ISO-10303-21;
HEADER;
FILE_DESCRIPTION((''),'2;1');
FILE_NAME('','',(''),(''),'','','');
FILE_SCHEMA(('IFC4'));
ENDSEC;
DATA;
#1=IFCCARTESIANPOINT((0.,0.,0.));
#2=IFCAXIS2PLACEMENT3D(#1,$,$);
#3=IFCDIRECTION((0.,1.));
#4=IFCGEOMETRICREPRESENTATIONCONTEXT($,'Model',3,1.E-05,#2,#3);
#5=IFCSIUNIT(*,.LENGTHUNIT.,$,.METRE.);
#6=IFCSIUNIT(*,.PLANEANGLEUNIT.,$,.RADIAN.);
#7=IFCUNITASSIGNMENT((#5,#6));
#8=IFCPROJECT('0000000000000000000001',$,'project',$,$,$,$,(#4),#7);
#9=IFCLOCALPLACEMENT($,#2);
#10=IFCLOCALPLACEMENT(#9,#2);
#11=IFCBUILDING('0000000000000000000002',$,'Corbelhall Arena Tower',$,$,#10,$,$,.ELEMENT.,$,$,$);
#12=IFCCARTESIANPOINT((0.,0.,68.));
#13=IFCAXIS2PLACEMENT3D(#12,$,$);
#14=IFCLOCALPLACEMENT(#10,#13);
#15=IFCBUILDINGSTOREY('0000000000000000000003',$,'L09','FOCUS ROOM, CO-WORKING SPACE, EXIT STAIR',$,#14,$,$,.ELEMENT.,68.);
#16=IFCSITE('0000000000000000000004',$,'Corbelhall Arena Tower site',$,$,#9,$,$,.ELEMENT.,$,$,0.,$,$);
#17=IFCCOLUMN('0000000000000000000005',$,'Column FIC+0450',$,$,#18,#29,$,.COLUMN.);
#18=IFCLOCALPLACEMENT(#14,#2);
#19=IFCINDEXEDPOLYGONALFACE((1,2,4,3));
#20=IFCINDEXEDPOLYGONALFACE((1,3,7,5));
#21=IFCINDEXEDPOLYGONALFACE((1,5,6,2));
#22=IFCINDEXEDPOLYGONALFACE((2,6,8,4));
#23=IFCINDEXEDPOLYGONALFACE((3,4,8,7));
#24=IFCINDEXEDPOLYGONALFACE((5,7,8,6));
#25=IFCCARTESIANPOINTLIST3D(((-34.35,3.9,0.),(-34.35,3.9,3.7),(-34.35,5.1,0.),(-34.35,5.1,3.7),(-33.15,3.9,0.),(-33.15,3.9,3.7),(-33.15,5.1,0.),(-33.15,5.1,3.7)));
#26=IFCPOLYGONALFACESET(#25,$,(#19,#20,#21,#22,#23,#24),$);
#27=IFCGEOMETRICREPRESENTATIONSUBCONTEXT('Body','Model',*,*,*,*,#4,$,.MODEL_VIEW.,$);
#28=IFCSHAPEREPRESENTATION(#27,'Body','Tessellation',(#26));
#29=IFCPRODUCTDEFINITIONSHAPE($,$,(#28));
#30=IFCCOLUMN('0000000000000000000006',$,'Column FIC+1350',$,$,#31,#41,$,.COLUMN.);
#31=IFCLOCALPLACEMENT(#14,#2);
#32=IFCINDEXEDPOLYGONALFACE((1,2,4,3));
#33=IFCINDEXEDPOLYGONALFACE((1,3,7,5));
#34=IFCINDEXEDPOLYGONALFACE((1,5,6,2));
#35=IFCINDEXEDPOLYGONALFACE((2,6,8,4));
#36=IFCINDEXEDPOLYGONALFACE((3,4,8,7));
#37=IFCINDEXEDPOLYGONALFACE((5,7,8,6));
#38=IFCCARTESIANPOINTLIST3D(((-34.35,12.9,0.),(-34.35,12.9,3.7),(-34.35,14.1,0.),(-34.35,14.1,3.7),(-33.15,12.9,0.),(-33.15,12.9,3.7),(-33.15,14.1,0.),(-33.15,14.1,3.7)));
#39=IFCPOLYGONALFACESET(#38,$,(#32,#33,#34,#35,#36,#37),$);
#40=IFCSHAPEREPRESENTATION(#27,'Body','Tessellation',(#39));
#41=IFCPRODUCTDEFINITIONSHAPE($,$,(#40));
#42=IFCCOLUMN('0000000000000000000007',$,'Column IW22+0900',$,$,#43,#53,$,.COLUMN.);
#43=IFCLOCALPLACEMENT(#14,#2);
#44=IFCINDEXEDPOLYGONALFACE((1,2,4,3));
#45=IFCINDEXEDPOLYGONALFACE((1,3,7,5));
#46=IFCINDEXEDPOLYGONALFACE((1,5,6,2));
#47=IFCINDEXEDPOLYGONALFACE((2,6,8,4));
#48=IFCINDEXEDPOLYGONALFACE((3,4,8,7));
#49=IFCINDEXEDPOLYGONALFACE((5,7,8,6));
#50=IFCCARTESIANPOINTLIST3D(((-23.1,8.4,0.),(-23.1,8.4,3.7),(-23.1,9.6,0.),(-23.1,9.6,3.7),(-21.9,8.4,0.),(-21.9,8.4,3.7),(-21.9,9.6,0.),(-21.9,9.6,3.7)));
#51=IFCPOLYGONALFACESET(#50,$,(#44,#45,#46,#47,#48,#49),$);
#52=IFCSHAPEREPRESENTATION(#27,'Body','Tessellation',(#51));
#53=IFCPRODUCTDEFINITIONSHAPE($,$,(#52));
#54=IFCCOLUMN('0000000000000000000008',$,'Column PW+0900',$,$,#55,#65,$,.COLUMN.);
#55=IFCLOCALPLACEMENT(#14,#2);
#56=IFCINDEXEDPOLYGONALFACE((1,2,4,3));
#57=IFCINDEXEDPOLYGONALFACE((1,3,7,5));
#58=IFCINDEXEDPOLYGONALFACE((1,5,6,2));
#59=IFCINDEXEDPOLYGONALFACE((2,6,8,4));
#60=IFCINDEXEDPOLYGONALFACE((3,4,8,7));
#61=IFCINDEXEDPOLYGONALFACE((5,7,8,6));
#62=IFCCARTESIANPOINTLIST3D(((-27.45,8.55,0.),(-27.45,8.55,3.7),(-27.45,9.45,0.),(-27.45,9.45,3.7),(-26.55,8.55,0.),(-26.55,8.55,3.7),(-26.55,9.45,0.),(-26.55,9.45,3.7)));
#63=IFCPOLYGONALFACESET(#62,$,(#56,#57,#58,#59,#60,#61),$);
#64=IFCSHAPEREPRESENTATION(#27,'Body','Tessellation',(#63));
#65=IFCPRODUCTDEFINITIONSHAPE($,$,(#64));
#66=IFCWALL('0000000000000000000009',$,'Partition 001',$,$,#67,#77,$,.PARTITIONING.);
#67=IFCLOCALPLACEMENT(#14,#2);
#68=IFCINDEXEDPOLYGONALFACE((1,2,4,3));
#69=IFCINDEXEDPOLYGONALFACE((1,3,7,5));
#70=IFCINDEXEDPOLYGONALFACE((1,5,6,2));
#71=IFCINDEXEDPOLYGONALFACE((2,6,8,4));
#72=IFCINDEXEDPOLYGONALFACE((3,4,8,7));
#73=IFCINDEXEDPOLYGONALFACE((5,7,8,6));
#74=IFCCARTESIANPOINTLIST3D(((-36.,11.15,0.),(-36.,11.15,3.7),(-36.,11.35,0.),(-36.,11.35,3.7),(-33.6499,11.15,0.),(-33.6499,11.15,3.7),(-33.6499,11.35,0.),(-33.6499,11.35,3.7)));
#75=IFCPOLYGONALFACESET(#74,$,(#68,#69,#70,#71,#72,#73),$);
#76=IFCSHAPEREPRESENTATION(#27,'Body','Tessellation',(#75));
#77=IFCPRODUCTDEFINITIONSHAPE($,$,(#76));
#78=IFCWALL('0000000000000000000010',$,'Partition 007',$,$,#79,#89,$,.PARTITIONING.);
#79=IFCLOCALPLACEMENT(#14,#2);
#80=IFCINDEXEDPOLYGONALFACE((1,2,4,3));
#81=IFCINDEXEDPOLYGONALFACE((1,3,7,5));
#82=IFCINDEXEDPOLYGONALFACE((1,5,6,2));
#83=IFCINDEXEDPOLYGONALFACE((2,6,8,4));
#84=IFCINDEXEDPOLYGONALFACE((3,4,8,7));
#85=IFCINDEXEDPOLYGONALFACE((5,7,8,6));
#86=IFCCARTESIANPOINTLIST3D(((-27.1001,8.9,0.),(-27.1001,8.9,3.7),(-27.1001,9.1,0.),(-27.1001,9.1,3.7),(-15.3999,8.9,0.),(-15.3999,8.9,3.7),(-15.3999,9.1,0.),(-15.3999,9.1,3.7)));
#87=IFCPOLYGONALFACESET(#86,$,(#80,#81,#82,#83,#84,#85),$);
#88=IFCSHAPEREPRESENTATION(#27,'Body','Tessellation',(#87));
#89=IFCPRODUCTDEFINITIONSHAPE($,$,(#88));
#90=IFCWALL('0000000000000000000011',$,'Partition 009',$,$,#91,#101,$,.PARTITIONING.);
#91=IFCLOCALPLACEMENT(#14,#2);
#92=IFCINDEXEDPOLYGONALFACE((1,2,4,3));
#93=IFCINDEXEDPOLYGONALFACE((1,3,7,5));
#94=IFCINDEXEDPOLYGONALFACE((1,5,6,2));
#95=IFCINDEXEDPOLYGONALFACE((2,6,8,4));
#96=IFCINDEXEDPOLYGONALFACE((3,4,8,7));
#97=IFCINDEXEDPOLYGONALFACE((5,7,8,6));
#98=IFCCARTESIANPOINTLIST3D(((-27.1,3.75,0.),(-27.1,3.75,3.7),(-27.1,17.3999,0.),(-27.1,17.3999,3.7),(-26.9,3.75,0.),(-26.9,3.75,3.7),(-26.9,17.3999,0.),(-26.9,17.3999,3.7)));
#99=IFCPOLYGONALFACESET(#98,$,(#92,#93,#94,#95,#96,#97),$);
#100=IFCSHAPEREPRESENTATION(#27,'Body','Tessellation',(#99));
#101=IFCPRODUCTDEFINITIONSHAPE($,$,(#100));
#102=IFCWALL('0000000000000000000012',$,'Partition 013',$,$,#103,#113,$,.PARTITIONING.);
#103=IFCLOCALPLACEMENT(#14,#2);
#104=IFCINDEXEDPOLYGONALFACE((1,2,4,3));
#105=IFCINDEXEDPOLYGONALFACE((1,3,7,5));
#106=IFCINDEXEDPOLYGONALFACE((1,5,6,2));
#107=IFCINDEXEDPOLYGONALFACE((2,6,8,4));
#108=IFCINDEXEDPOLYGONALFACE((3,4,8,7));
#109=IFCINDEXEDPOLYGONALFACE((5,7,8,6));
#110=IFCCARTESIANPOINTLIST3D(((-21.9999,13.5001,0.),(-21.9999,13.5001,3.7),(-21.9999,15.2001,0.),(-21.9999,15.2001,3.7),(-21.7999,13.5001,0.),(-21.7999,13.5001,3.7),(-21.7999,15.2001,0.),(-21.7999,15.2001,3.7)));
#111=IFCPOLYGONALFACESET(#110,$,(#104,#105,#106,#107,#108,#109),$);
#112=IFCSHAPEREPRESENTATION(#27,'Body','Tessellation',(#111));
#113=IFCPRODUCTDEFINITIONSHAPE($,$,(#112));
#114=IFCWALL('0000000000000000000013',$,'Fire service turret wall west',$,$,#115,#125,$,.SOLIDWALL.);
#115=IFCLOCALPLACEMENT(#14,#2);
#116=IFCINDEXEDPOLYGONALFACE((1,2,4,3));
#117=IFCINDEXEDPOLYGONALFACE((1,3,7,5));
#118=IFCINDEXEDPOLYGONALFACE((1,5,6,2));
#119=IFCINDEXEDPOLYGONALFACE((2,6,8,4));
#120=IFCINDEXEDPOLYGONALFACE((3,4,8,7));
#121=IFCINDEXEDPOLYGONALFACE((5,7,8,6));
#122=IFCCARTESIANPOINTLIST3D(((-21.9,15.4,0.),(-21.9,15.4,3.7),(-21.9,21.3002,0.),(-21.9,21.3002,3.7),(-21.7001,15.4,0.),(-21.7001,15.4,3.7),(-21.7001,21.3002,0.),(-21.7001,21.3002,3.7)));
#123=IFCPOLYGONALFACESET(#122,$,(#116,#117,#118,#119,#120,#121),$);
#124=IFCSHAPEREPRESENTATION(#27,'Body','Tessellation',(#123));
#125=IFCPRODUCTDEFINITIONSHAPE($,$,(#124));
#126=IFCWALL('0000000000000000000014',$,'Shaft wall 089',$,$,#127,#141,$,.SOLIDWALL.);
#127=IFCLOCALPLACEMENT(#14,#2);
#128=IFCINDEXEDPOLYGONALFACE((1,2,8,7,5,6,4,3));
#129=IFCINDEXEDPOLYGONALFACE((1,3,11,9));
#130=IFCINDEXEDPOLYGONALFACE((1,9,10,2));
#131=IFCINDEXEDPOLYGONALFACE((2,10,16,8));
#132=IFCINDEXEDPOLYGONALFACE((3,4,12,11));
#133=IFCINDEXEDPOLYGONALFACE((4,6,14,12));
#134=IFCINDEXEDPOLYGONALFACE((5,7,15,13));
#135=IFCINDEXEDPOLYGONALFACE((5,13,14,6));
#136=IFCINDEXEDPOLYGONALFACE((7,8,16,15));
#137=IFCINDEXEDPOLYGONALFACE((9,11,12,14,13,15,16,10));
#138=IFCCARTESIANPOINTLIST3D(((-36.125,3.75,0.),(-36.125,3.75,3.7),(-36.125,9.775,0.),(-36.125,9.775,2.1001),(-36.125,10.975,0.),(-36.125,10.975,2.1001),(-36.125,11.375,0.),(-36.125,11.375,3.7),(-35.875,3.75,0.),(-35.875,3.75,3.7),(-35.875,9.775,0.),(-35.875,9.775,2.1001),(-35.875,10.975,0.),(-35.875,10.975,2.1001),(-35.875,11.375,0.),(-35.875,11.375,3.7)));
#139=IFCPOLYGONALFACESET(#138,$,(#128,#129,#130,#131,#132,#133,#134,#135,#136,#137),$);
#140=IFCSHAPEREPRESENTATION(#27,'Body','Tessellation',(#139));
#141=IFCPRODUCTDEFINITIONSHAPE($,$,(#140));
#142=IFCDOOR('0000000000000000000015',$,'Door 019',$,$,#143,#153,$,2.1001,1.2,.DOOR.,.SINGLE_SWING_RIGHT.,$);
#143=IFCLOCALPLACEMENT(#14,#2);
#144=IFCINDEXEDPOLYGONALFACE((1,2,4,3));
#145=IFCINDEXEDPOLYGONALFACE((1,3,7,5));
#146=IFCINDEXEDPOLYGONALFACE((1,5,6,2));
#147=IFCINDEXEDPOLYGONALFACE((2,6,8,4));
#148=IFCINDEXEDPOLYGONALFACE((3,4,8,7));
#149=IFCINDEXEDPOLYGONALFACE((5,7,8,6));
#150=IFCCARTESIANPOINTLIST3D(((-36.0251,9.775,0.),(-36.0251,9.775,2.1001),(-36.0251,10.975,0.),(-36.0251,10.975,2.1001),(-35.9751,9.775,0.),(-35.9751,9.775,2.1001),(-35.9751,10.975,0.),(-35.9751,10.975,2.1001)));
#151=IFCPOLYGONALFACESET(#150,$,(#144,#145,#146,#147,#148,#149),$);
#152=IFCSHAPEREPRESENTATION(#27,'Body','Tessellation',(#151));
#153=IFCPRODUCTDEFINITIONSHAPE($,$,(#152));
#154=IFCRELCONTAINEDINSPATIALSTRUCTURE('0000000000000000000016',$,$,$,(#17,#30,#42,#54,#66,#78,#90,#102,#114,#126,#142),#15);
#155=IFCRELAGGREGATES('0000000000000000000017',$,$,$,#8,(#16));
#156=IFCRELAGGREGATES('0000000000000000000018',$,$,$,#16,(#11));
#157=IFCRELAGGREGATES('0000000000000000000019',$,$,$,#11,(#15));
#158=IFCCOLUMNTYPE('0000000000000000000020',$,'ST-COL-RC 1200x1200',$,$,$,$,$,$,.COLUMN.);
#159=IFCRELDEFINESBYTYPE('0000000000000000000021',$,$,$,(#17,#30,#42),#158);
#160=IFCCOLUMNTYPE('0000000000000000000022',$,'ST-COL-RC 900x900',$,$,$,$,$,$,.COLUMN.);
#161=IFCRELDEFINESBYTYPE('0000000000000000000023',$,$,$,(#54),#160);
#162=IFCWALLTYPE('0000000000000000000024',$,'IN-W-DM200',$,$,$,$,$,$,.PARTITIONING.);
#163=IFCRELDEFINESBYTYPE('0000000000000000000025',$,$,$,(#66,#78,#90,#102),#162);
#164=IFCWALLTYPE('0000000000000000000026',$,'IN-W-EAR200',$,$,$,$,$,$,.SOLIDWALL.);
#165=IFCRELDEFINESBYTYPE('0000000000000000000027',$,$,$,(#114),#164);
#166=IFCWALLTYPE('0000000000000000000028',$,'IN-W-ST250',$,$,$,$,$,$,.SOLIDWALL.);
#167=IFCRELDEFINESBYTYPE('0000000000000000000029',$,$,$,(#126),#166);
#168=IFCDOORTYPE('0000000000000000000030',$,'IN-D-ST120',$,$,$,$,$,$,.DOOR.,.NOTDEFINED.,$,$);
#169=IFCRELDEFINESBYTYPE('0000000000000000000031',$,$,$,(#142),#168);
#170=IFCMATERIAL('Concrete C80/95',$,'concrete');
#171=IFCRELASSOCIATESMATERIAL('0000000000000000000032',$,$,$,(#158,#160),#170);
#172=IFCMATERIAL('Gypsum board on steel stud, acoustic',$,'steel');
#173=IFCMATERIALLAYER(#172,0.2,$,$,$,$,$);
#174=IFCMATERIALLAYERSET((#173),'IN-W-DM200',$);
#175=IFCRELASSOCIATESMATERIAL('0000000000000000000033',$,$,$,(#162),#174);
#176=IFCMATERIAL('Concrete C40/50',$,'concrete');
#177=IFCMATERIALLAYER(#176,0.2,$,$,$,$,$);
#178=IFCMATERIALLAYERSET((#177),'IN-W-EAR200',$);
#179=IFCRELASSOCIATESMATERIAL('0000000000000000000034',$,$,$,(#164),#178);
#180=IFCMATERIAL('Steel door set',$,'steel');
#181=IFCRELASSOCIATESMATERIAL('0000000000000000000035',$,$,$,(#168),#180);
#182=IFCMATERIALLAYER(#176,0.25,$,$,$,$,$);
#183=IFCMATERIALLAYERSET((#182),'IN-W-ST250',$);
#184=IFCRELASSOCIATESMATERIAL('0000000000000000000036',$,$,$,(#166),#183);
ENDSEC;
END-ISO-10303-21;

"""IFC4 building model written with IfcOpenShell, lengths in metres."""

from ifc_helpers import new_model, si_unit, direction, frame, frame_2d, origin, origin_2d, place, context, subcontext, project, spatial, rectangle, extrude, material, layer, layer_set, material_profile, profile_set, type_object, element, fill, save


model = new_model("IFC4")

# Units and contexts
model_context = context("Model", 3, precision=1e-05, world=origin(), true_north=direction((0.0, 1.0)))
body_context = subcontext(model_context, "Body", "Model", "MODEL_VIEW")
ifc_project = project(units=[si_unit("LENGTHUNIT", "METRE"), si_unit("PLANEANGLEUNIT", "RADIAN")], contexts=[model_context])

# Site, building, storey
site_placement = place(None, origin())
site = spatial("IfcSite", under=ifc_project, at=site_placement, Name="Corbelhall Arena Tower site", CompositionType="ELEMENT", RefElevation=0.0)
building_placement = place(site_placement, origin())
building = spatial("IfcBuilding", under=site, at=building_placement, Name="Corbelhall Arena Tower", CompositionType="ELEMENT")
storey_placement = place(building_placement, frame((0.0, 0.0, 68.0)))
storey = spatial("IfcBuildingStorey", under=building, at=storey_placement, Name="L09", Description="FOCUS ROOM, CO-WORKING SPACE, EXIT STAIR", CompositionType="ELEMENT", Elevation=68.0)

# Columns
ifc_material_1 = material(Name="Concrete C80/95", Category="concrete")
ifc_material_profile_1 = material_profile(ifc_material_1, rectangle(XDim=1.2, YDim=1.2, at=origin_2d()))
ifc_profile_set_1 = profile_set([ifc_material_profile_1], Name="Concrete C80/95")
column_type_1 = type_object("IfcColumnType", Name="ST-COL-RC 1200x1200", PredefinedType="COLUMN", material=ifc_profile_set_1)
for number, where, z_axis, x_axis, name in (
    (1, (-33.75, 4.5, 0.0), (0.0, 0.0, 1.0), (1.0, 0.0, 0.0), "Column FIC+0450"),
    (2, (-33.75, 13.5, 0.0), (0.0, 0.0, 1.0), (1.0, 0.0, 0.0), "Column FIC+1350"),
    (3, (-22.5, 9.0, 0.0), (0.0, 0.0, 1.0), (1.0, 0.0, 0.0), "Column IW22+0900"),
):
    element("IfcColumn", number, at=place(storey_placement, frame(where, z_axis=z_axis, x_axis=x_axis)), inside=storey, type_object=column_type_1, Name=name, PredefinedType="COLUMN", context=body_context, shape_type="SweptSolid", body=[
        extrude(rectangle(XDim=1.2, YDim=1.2, at=origin_2d()), origin(), (0.0, 0.0, 1.0), 3.7),
    ])
ifc_material_profile_2 = material_profile(ifc_material_1, rectangle(XDim=0.8999, YDim=0.8999, at=origin_2d()))
ifc_profile_set_2 = profile_set([ifc_material_profile_2], Name="Concrete C80/95")
column_type_2 = type_object("IfcColumnType", Name="ST-COL-RC 900x900", PredefinedType="COLUMN", material=ifc_profile_set_2)
column_placement = place(storey_placement, frame((-27.0, 9.0, 0.0), z_axis=(0.0, 0.0, 1.0), x_axis=(1.0, 0.0, 0.0)))
element("IfcColumn", 4, at=column_placement, inside=storey, type_object=column_type_2, Name="Column PW+0900", PredefinedType="COLUMN", context=body_context, shape_type="SweptSolid", body=[
    extrude(rectangle(XDim=0.8999, YDim=0.8999, at=origin_2d()), origin(), (0.0, 0.0, 1.0), 3.7),
])

# Wall
ifc_material_2 = material(Name="Gypsum board on steel stud, acoustic", Category="steel")
ifc_layer_1 = layer(ifc_material_2, 0.2)
ifc_layer_set_1 = layer_set([ifc_layer_1], Name="IN-W-DM200")
wall_type_1 = type_object("IfcWallType", Name="IN-W-DM200", PredefinedType="PARTITIONING", material=ifc_layer_set_1)
wall_1_placement = place(storey_placement, frame((-36.0, 11.25, 0.0), z_axis=(0.0, 0.0, 1.0), x_axis=(1.0, 0.0, 0.0)))
element("IfcWall", 5, at=wall_1_placement, inside=storey, type_object=wall_type_1, Name="Partition 001", PredefinedType="PARTITIONING", context=body_context, shape_type="SweptSolid", body=[
    extrude(rectangle(XDim=2.3501, YDim=0.2, at=frame_2d((1.175, 0.0))), origin(), (0.0, 0.0, 1.0), 3.7),
])

# Shared definitions
ifc_material_3 = material(Name="Steel door set", Category="steel")

# Walls
wall_2_placement = place(storey_placement, frame((-27.1001, 9.0, 0.0), z_axis=(0.0, 0.0, 1.0), x_axis=(1.0, 0.0, 0.0)))
element("IfcWall", 6, at=wall_2_placement, inside=storey, type_object=wall_type_1, Name="Partition 007", PredefinedType="PARTITIONING", context=body_context, shape_type="SweptSolid", body=[
    extrude(rectangle(XDim=11.7002, YDim=0.2, at=frame_2d((5.8501, 0.0))), origin(), (0.0, 0.0, 1.0), 3.7),
])
wall_3_placement = place(storey_placement, frame((-27.0, 3.75, 0.0), z_axis=(0.0, 0.0, 1.0), x_axis=(0.0, 1.0, 0.0)))
element("IfcWall", 7, at=wall_3_placement, inside=storey, type_object=wall_type_1, Name="Partition 009", PredefinedType="PARTITIONING", context=body_context, shape_type="SweptSolid", body=[
    extrude(rectangle(XDim=13.6499, YDim=0.2, at=frame_2d((6.825, 0.0))), origin(), (0.0, 0.0, 1.0), 3.7),
])
wall_4_placement = place(storey_placement, frame((-21.8999, 13.5, 0.0), z_axis=(0.0, 0.0, 1.0), x_axis=(0.0, 1.0, 0.0)))
element("IfcWall", 8, at=wall_4_placement, inside=storey, type_object=wall_type_1, Name="Partition 013", PredefinedType="PARTITIONING", context=body_context, shape_type="SweptSolid", body=[
    extrude(rectangle(XDim=1.7, YDim=0.2, at=frame_2d((0.8501, 0.0))), origin(), (0.0, 0.0, 1.0), 3.7),
])

# Shared definitions
ifc_material_4 = material(Name="Concrete C40/50", Category="concrete")
ifc_layer_2 = layer(ifc_material_4, 0.2)
ifc_layer_set_2 = layer_set([ifc_layer_2], Name="IN-W-EAR200")
wall_type_2 = type_object("IfcWallType", Name="IN-W-EAR200", PredefinedType="SOLIDWALL", material=ifc_layer_set_2)
door_type_1 = type_object("IfcDoorType", Name="IN-D-ST120", OperationType="NOTDEFINED", PredefinedType="DOOR", material=ifc_material_3)

# Wall
wall_5_placement = place(storey_placement, frame((-21.8, 15.3999, 0.0), z_axis=(0.0, 0.0, 1.0), x_axis=(0.0, 1.0, 0.0)))
element("IfcWall", 9, at=wall_5_placement, inside=storey, type_object=wall_type_2, Name="Fire service turret wall west", PredefinedType="SOLIDWALL", context=body_context, shape_type="SweptSolid", body=[
    extrude(rectangle(XDim=5.9001, YDim=0.2, at=frame_2d((2.9502, 0.0))), origin(), (0.0, 0.0, 1.0), 3.7),
])

# Wall, opening, door
ifc_layer_3 = layer(ifc_material_4, 0.25)
ifc_layer_set_3 = layer_set([ifc_layer_3], Name="IN-W-ST250")
wall_type_3 = type_object("IfcWallType", Name="IN-W-ST250", PredefinedType="SOLIDWALL", material=ifc_layer_set_3)
wall_6_placement = place(storey_placement, frame((-36.0, 11.375, 0.0), z_axis=(0.0, 0.0, 1.0), x_axis=(0.0, -1.0, 0.0)))
wall_6 = element("IfcWall", 10, at=wall_6_placement, inside=storey, type_object=wall_type_3, Name="Shaft wall 089", PredefinedType="SOLIDWALL", context=body_context, shape_type="SweptSolid", body=[
    extrude(rectangle(XDim=7.625, YDim=0.25, at=frame_2d((3.8125, 0.0))), origin(), (0.0, 0.0, 1.0), 3.7),
])
opening_1_placement = place(wall_6_placement, frame((0.3999, 0.0, 0.0)))
opening_1 = element("IfcOpeningElement", 11, at=opening_1_placement, cuts=wall_6, PredefinedType="OPENING", context=body_context, shape_type="SweptSolid", body=[
    extrude(rectangle(XDim=1.2, YDim=2.1001, at=frame_2d((0.6001, 1.05))), frame((0.0, 0.125, 0.0), z_axis=(0.0, -1.0, 0.0), x_axis=(1.0, 0.0, 0.0)), (0.0, 0.0, 1.0), 0.25),
])
door_1_placement = place(opening_1_placement, origin())
door_1 = element("IfcDoor", 12, at=door_1_placement, inside=storey, type_object=door_type_1, Name="Door 019", OperationType="SINGLE_SWING_RIGHT", OverallHeight=2.1001, OverallWidth=1.2, PredefinedType="DOOR", context=body_context, shape_type="SweptSolid", body=[
    extrude(rectangle(XDim=1.2, YDim=2.1001, at=frame_2d((0.6001, 1.05))), frame((0.0, 0.0249, 0.0), z_axis=(0.0, -1.0, 0.0), x_axis=(1.0, 0.0, 0.0)), (0.0, 0.0, 1.0), 0.05),
])
fill(opening_1, door_1)

save(model, "model.ifc")
